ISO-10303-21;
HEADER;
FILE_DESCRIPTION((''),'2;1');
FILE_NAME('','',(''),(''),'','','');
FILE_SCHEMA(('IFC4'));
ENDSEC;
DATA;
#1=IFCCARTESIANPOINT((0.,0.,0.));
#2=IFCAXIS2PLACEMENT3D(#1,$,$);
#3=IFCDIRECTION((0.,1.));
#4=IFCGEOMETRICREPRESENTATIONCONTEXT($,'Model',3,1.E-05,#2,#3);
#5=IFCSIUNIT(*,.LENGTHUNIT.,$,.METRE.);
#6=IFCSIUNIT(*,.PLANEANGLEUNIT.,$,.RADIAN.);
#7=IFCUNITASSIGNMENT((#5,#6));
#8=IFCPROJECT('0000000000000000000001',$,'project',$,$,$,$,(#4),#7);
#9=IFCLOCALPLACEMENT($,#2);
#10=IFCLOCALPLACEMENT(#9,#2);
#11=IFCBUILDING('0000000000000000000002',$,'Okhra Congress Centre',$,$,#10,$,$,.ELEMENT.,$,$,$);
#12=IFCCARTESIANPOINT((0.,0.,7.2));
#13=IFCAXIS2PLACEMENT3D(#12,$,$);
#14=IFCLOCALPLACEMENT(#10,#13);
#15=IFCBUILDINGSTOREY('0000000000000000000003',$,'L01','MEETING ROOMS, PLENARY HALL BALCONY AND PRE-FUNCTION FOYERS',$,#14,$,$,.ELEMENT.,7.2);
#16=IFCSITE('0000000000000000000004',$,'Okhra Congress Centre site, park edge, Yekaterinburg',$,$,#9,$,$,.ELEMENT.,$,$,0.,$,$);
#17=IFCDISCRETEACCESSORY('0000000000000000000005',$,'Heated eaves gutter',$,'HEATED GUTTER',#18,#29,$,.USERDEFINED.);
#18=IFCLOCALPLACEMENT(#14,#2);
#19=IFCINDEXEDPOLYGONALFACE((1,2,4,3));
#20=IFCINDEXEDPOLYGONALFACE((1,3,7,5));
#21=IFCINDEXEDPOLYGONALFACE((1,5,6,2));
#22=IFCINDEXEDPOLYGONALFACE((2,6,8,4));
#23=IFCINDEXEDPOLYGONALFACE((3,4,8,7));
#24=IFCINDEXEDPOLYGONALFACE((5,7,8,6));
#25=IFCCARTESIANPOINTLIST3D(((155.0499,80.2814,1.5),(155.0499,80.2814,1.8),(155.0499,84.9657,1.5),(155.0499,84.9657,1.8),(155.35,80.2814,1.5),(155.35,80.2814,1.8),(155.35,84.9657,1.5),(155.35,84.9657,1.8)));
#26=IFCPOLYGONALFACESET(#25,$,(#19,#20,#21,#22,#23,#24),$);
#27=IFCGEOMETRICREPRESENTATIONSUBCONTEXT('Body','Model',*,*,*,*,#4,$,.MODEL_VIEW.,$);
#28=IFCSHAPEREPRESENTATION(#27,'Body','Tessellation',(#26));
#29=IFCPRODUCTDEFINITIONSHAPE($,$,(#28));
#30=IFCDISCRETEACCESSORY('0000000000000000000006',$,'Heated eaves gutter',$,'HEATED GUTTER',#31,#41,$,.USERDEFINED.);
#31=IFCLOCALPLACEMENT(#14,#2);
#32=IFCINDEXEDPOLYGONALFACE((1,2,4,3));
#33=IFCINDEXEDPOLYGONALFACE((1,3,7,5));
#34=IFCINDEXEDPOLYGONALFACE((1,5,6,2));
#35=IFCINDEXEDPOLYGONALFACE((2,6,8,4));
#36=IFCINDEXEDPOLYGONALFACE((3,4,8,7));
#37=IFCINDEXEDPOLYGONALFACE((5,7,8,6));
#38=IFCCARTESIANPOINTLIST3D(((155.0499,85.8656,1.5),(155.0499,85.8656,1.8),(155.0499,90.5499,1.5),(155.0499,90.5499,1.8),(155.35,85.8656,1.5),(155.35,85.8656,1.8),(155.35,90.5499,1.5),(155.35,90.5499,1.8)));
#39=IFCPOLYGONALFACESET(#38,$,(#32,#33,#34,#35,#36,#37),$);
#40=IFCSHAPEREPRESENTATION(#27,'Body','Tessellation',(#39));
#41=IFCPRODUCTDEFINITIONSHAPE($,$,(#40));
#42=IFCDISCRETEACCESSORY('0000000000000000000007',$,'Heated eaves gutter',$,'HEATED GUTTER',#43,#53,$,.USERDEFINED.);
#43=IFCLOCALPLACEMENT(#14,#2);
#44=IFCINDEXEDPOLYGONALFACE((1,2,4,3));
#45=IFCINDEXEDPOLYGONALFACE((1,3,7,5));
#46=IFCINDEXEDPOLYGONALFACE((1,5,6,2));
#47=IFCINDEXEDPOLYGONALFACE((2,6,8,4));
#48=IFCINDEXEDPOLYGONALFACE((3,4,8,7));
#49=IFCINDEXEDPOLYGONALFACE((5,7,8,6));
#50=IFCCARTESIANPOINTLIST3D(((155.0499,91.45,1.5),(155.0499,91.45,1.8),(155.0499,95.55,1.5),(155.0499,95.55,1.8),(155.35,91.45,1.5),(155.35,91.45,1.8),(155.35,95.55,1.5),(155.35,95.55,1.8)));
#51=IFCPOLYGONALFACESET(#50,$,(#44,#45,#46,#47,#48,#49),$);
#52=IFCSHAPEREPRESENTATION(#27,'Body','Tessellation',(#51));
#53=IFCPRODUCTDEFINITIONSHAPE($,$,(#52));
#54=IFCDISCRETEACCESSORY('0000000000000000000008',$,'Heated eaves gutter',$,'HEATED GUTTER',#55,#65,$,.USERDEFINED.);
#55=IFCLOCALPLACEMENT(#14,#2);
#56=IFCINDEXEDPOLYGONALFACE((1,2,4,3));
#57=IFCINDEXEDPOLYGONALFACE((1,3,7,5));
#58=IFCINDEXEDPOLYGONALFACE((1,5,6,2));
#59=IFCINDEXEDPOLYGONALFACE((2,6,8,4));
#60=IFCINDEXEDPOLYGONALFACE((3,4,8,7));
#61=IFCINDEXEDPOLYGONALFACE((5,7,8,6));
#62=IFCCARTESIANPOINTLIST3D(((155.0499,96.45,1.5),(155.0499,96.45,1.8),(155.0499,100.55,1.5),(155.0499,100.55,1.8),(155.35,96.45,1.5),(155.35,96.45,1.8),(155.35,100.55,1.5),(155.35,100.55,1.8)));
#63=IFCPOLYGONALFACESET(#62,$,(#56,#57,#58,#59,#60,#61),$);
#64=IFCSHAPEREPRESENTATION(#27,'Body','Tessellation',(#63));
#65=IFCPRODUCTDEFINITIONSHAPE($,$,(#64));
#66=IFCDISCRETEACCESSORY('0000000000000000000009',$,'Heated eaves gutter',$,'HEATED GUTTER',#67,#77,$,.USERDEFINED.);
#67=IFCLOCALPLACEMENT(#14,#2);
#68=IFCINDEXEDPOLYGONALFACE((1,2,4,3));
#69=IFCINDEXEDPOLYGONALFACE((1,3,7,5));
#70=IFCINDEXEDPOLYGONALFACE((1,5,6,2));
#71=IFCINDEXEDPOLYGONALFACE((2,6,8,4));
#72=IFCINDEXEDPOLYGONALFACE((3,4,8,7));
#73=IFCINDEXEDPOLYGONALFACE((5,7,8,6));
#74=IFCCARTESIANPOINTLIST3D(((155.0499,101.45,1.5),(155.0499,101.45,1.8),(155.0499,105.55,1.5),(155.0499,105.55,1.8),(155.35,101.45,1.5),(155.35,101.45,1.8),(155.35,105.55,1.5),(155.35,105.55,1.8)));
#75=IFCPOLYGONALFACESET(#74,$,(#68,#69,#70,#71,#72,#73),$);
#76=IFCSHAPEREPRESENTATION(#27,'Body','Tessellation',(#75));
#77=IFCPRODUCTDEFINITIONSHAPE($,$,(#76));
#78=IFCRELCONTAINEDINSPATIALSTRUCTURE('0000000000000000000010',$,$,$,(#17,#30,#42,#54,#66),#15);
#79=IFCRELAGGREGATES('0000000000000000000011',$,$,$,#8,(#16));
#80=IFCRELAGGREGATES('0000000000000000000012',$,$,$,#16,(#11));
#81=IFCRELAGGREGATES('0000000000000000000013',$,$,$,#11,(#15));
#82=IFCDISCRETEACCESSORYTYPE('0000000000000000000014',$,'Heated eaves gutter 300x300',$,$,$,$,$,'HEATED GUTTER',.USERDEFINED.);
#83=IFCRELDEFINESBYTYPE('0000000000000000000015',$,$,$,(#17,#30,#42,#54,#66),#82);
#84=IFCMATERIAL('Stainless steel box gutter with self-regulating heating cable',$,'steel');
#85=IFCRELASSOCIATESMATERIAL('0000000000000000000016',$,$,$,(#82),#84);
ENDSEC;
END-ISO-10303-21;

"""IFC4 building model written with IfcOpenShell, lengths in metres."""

from ifc_helpers import new_model, si_unit, direction, frame, origin, origin_2d, place, context, subcontext, project, spatial, rectangle, extrude, material, type_object, element, save


model = new_model("IFC4")

# Units and contexts
model_context = context("Model", 3, precision=1e-05, world=origin(), true_north=direction((0.0, 1.0)))
body_context = subcontext(model_context, "Body", "Model", "MODEL_VIEW")
ifc_project = project(units=[si_unit("LENGTHUNIT", "METRE"), si_unit("PLANEANGLEUNIT", "RADIAN")], contexts=[model_context])

# Site, building, storey
site_placement = place(None, origin())
site = spatial("IfcSite", under=ifc_project, at=site_placement, Name="Okhra Congress Centre site, park edge, Yekaterinburg", CompositionType="ELEMENT", RefElevation=0.0)
building_placement = place(site_placement, origin())
building = spatial("IfcBuilding", under=site, at=building_placement, Name="Okhra Congress Centre", CompositionType="ELEMENT")
storey_placement = place(building_placement, frame((0.0, 0.0, 7.2)))
storey = spatial("IfcBuildingStorey", under=building, at=storey_placement, Name="L01", Description="MEETING ROOMS, PLENARY HALL BALCONY AND PRE-FUNCTION FOYERS", CompositionType="ELEMENT", Elevation=7.2)

# Discrete accessories
ifc_material_1 = material(Name="Stainless steel box gutter with self-regulating heating cable", Category="steel")
discrete_accessory_type = type_object("IfcDiscreteAccessoryType", Name="Heated eaves gutter 300x300", ElementType="HEATED GUTTER", PredefinedType="USERDEFINED", material=ifc_material_1)
for number, where, z_axis, x_axis, name in (
    (1, (155.2, 82.6235, 1.5), (0.0, 0.0, 1.0), (1.0, 0.0, 0.0), "Heated eaves gutter"),
    (2, (155.2, 88.2078, 1.5), (0.0, 0.0, 1.0), (1.0, 0.0, 0.0), "Heated eaves gutter"),
):
    element("IfcDiscreteAccessory", number, at=place(storey_placement, frame(where, z_axis=z_axis, x_axis=x_axis)), inside=storey, type_object=discrete_accessory_type, Name=name, ObjectType="HEATED GUTTER", PredefinedType="USERDEFINED", context=body_context, shape_type="SweptSolid", body=[
        extrude(rectangle(XDim=0.3, YDim=4.6843, at=origin_2d()), origin(), (0.0, 0.0, 1.0), 0.3),
    ])
for number, where, z_axis, x_axis, name in (
    (3, (155.2, 93.5, 1.5), (0.0, 0.0, 1.0), (1.0, 0.0, 0.0), "Heated eaves gutter"),
    (4, (155.2, 98.5, 1.5), (0.0, 0.0, 1.0), (1.0, 0.0, 0.0), "Heated eaves gutter"),
    (5, (155.2, 103.5, 1.5), (0.0, 0.0, 1.0), (1.0, 0.0, 0.0), "Heated eaves gutter"),
):
    element("IfcDiscreteAccessory", number, at=place(storey_placement, frame(where, z_axis=z_axis, x_axis=x_axis)), inside=storey, type_object=discrete_accessory_type, Name=name, ObjectType="HEATED GUTTER", PredefinedType="USERDEFINED", context=body_context, shape_type="SweptSolid", body=[
        extrude(rectangle(XDim=0.3, YDim=4.1001, at=origin_2d()), origin(), (0.0, 0.0, 1.0), 0.3),
    ])

save(model, "model.ifc")
